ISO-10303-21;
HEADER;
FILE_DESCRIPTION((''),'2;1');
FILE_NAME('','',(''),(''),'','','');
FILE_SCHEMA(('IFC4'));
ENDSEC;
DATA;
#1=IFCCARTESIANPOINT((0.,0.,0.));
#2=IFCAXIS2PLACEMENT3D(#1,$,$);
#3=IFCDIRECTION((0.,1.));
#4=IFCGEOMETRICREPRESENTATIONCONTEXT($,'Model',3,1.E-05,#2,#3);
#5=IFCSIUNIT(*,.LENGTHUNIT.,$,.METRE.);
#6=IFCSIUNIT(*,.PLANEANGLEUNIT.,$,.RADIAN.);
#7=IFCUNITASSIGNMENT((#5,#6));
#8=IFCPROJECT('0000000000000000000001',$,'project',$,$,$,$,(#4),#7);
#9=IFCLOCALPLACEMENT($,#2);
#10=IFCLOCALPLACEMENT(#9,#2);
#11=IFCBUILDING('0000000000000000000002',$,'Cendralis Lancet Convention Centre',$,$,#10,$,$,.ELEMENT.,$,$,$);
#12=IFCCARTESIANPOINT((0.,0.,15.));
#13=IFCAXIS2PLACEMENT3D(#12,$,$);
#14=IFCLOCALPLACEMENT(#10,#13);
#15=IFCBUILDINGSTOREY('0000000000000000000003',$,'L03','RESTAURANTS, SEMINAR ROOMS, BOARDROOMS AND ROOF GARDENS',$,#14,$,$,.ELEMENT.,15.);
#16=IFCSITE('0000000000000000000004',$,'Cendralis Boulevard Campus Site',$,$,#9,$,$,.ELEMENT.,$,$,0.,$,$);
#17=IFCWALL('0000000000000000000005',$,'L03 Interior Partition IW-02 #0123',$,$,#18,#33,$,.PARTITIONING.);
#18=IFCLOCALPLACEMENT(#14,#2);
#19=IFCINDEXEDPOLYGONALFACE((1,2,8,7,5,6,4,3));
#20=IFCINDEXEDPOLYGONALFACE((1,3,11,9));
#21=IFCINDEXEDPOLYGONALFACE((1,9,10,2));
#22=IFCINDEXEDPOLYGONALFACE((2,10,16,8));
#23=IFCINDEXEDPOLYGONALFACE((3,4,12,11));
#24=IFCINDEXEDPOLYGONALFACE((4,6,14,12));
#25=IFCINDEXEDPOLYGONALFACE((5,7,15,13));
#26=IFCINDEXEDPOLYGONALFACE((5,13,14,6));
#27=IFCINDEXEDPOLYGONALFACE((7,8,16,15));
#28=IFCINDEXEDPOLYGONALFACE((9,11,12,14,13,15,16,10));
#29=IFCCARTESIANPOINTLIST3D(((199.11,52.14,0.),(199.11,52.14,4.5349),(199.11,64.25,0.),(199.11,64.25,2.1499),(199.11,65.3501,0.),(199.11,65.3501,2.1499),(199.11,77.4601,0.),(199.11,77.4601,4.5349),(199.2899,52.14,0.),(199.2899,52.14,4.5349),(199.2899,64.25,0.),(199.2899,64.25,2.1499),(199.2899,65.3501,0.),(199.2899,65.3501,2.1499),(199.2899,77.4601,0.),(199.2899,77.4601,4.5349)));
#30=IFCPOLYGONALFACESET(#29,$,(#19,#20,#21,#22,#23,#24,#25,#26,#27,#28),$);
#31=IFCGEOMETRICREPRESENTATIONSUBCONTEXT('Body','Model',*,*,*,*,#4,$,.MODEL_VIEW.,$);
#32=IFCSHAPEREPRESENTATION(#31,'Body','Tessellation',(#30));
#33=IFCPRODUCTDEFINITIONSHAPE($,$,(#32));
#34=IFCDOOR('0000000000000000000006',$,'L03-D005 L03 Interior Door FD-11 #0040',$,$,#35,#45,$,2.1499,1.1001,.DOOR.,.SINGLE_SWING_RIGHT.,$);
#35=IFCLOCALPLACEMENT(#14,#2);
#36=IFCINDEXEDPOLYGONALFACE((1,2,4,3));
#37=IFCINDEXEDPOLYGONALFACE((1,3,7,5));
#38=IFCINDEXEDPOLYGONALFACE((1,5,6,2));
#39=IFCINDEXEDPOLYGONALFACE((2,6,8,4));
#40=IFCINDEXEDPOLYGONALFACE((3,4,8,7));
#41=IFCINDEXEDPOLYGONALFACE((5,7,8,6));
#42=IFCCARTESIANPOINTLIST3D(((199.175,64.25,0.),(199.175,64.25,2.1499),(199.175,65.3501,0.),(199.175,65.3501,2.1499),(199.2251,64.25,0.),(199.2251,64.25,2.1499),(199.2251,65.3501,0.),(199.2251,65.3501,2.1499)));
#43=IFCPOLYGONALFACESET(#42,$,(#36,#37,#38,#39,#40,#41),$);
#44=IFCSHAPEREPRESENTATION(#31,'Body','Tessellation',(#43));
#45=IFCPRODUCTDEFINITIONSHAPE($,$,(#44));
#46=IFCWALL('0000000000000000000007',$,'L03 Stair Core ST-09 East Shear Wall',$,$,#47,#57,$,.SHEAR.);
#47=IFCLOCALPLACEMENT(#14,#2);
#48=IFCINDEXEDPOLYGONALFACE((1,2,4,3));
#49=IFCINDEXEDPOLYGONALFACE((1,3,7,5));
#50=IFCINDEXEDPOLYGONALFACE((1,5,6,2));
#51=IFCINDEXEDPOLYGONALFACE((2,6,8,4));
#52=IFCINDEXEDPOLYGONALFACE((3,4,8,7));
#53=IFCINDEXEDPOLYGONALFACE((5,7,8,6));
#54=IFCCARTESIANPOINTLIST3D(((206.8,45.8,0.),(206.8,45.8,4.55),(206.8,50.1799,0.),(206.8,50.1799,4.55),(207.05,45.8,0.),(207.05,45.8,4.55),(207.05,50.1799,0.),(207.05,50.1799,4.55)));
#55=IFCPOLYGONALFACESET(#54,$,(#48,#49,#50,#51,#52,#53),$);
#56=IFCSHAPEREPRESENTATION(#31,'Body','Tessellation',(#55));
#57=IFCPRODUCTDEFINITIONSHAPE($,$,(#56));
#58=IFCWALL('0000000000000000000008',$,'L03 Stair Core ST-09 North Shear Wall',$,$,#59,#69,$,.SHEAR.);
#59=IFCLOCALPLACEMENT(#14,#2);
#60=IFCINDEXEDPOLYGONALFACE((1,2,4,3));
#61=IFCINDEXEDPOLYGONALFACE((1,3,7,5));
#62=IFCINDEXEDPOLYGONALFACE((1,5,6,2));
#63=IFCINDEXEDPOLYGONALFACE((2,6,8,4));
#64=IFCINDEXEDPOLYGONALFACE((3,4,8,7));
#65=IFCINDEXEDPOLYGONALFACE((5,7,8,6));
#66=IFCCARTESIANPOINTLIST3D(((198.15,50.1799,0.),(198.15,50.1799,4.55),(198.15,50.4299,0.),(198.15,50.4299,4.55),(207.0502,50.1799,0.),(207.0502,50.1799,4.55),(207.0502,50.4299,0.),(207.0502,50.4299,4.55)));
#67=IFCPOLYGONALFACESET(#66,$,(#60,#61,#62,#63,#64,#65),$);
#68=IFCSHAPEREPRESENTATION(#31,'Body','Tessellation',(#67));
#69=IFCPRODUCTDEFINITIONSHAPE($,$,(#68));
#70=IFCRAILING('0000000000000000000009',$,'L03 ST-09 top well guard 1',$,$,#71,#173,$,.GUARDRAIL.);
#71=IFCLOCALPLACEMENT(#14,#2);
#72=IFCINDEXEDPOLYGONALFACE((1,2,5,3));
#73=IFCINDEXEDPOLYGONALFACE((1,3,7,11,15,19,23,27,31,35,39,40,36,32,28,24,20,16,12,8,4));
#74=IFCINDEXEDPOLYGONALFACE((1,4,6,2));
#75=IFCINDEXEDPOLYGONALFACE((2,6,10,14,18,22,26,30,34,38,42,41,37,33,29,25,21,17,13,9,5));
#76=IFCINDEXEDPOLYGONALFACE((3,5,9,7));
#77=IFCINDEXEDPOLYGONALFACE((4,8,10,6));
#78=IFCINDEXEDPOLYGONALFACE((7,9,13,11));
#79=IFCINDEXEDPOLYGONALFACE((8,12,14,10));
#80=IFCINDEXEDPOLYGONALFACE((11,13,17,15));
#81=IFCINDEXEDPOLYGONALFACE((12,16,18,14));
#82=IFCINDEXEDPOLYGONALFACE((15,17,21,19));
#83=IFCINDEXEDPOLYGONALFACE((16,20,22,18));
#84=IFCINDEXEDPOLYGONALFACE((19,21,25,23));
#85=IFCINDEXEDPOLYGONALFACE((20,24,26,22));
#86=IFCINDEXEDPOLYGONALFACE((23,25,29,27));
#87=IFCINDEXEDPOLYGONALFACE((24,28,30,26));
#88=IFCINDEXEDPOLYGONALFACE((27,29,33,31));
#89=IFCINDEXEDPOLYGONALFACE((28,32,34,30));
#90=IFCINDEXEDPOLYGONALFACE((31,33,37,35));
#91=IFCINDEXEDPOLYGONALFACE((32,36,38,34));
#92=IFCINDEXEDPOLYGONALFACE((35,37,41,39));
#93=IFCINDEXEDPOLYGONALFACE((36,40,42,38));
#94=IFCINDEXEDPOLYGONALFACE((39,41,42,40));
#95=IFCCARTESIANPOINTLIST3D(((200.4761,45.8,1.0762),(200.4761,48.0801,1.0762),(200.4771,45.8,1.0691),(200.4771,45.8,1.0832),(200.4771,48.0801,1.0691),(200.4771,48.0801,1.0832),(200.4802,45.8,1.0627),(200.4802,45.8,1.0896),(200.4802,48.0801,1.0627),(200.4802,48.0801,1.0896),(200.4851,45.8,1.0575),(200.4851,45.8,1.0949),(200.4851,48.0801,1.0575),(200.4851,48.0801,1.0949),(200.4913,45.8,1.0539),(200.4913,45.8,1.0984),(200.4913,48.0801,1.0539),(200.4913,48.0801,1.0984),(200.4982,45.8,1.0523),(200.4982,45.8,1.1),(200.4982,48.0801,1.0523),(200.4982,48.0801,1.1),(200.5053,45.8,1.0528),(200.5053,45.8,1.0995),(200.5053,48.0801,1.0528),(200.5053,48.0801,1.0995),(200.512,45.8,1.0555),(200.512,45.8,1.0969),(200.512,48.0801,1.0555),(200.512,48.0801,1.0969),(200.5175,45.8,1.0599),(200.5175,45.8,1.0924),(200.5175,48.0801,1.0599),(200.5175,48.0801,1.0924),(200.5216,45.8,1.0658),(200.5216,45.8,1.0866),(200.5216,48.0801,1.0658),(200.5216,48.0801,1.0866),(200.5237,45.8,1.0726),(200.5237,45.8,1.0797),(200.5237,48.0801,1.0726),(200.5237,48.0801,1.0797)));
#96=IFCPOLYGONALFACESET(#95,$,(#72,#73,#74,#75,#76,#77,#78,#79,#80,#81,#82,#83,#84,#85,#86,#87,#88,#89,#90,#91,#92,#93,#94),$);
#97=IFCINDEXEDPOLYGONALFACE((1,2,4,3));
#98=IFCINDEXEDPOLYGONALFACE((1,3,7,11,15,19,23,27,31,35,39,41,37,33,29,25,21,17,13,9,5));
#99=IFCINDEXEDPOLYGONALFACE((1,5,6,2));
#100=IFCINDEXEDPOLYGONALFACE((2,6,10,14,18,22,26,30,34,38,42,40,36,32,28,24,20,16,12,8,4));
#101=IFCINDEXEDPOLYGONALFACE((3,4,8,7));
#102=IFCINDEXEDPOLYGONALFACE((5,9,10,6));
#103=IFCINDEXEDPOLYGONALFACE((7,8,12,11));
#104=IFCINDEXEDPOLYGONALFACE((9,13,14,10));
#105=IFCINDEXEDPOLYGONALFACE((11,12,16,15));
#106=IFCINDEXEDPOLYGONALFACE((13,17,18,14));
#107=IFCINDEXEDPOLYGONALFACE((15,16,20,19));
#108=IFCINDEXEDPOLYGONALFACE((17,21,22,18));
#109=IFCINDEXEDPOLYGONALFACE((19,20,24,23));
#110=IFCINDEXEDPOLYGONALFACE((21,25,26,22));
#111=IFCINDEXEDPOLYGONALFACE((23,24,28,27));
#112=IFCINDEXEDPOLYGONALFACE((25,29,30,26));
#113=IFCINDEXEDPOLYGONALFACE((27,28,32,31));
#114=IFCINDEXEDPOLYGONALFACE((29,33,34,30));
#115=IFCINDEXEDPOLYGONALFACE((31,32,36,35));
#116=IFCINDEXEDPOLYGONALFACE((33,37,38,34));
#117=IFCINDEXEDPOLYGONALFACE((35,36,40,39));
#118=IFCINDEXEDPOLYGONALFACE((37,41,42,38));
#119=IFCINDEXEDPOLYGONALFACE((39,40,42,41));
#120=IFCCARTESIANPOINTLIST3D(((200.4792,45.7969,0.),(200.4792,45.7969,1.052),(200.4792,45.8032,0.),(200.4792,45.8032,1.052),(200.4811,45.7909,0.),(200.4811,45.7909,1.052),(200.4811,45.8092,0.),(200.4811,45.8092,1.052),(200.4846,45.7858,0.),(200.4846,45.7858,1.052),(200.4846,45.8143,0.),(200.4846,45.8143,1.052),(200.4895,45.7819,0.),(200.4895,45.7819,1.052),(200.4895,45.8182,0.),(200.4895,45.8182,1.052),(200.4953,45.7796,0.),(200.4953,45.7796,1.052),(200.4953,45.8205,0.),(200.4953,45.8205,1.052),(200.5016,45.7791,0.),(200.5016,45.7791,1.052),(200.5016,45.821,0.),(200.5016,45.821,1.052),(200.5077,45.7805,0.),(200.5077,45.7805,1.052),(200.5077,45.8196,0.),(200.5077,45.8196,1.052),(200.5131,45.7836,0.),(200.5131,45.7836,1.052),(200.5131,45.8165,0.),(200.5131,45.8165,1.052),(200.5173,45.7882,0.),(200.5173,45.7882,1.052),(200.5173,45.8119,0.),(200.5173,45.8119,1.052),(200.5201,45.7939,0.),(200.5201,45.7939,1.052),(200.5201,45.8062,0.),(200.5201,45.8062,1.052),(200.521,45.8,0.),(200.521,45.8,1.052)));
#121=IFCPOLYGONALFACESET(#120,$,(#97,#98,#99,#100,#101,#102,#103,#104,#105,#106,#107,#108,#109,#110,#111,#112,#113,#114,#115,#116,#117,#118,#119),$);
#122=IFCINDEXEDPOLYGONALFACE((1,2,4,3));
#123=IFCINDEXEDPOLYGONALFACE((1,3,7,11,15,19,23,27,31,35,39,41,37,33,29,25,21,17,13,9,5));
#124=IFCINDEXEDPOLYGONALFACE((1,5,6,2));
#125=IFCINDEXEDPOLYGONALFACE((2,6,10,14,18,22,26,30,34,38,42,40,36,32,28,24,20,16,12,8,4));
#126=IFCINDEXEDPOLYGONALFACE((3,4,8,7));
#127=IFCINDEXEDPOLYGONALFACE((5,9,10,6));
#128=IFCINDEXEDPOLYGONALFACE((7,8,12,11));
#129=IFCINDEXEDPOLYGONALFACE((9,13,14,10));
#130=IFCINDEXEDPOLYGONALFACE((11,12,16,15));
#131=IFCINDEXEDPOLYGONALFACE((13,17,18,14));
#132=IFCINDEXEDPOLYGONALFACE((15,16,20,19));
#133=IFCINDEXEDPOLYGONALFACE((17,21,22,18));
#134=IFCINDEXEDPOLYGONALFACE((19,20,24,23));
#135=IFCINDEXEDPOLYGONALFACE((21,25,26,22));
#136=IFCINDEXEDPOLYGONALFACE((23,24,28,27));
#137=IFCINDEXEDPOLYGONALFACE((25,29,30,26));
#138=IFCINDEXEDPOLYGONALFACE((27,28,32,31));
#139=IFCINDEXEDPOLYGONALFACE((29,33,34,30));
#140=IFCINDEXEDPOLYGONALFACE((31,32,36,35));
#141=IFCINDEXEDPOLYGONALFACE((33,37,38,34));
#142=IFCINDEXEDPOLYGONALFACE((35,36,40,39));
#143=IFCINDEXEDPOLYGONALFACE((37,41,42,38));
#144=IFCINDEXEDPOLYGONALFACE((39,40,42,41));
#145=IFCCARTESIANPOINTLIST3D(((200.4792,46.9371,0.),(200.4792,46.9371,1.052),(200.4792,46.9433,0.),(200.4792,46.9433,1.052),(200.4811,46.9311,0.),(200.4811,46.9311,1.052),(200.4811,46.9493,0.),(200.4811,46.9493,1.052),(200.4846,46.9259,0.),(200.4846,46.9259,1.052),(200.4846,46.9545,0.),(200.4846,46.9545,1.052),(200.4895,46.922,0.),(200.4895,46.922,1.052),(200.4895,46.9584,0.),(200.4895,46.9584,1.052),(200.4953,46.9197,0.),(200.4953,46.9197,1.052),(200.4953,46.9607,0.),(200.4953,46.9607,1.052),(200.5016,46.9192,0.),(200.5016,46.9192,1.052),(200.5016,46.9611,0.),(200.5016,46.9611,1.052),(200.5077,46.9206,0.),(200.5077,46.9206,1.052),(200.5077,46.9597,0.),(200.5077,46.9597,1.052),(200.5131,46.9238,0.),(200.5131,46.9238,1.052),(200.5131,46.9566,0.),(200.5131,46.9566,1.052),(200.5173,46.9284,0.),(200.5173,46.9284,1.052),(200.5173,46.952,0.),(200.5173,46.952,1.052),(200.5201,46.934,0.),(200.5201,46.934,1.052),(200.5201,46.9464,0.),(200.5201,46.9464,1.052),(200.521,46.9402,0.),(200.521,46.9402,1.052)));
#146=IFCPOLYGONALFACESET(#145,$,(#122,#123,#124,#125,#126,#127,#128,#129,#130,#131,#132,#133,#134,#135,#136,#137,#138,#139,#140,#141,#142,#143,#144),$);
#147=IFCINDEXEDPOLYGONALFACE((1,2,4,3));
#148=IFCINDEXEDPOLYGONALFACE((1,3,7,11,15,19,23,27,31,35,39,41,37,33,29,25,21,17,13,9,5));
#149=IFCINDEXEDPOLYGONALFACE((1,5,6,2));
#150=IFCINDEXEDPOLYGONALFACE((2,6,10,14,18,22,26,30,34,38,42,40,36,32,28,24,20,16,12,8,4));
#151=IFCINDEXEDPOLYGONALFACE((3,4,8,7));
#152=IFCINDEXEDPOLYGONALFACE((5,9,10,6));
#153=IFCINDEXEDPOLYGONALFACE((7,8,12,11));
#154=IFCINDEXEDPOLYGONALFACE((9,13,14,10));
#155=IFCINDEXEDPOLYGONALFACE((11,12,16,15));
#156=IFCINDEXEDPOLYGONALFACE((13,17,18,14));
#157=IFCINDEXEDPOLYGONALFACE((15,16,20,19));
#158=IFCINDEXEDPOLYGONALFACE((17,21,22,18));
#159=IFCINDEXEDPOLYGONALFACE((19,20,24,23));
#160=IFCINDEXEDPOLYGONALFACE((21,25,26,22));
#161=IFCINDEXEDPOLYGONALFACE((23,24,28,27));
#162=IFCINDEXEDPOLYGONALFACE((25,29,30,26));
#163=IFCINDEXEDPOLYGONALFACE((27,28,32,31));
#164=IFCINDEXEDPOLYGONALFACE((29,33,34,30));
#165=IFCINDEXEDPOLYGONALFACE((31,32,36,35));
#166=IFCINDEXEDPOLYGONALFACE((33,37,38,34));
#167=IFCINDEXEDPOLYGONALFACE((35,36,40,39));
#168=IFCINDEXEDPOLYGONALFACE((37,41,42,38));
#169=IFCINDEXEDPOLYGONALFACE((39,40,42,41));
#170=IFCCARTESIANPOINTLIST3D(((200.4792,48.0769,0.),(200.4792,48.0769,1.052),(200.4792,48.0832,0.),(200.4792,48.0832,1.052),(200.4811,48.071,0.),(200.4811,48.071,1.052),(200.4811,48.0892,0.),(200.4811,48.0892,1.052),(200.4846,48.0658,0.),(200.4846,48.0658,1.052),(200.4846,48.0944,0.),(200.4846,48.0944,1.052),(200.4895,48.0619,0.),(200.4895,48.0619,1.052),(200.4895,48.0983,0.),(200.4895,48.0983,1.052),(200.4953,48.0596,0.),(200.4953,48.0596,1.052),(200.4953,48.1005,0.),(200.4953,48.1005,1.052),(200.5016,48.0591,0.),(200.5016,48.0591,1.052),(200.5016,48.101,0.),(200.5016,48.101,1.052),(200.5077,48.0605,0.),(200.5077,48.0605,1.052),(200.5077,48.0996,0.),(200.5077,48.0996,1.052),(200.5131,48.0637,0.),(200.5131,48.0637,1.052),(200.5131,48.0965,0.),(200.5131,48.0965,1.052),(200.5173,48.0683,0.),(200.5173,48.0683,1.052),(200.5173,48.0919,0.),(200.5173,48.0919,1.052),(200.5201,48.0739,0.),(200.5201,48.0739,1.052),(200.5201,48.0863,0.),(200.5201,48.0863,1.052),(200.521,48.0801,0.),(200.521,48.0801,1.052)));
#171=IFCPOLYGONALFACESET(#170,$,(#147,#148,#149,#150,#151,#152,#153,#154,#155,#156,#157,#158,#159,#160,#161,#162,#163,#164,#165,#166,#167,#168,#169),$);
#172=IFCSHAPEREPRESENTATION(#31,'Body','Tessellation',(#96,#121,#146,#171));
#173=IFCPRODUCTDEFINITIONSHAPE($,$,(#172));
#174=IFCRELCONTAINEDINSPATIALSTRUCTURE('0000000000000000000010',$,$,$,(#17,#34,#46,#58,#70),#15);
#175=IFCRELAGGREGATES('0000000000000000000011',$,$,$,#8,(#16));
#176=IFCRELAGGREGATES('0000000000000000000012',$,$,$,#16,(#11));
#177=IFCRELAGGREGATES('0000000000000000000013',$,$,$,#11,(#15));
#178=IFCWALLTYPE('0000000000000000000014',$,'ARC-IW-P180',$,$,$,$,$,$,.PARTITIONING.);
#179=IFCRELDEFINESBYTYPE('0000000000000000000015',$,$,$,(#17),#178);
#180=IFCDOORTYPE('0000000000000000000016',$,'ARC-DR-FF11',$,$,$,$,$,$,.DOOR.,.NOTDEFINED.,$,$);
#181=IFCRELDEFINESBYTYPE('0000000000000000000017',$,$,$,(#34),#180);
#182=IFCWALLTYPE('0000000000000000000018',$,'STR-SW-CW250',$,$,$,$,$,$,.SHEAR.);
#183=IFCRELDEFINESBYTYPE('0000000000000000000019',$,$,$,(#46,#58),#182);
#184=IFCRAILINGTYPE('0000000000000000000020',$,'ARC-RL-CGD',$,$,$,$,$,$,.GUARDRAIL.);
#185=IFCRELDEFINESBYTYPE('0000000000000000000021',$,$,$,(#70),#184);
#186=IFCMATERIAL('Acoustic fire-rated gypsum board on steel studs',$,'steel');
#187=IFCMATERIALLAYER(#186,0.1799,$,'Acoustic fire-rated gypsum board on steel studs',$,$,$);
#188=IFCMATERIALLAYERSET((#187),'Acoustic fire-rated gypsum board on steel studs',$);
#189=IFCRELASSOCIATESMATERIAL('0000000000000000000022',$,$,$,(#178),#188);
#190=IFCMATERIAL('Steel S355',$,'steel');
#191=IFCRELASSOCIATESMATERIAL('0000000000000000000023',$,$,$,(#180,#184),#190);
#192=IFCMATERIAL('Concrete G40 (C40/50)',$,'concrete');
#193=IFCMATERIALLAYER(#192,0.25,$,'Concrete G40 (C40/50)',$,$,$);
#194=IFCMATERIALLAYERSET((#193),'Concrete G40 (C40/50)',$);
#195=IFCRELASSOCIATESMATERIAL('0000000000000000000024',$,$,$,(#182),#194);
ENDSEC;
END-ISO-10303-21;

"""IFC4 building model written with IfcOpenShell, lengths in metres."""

from ifc_helpers import new_model, si_unit, direction, frame, frame_2d, origin, origin_2d, place, context, subcontext, project, spatial, rectangle, circle, extrude, material, layer, layer_set, type_object, element, fill, save


model = new_model("IFC4")

# Units and contexts
model_context = context("Model", 3, precision=1e-05, world=origin(), true_north=direction((0.0, 1.0)))
body_context = subcontext(model_context, "Body", "Model", "MODEL_VIEW")
ifc_project = project(units=[si_unit("LENGTHUNIT", "METRE"), si_unit("PLANEANGLEUNIT", "RADIAN")], contexts=[model_context])

# Site, building, storey
site_placement = place(None, origin())
site = spatial("IfcSite", under=ifc_project, at=site_placement, Name="Cendralis Boulevard Campus Site", CompositionType="ELEMENT", RefElevation=0.0)
building_placement = place(site_placement, origin())
building = spatial("IfcBuilding", under=site, at=building_placement, Name="Cendralis Lancet Convention Centre", CompositionType="ELEMENT")
storey_placement = place(building_placement, frame((0.0, 0.0, 15.0)))
storey = spatial("IfcBuildingStorey", under=building, at=storey_placement, Name="L03", Description="RESTAURANTS, SEMINAR ROOMS, BOARDROOMS AND ROOF GARDENS", CompositionType="ELEMENT", Elevation=15.0)

# Shared definitions
ifc_material_1 = material(Name="Steel S355", Category="steel")

# Shared definitions
ifc_material_2 = material(Name="Concrete G40 (C40/50)", Category="concrete")

# Shared definitions
ifc_material_3 = material(Name="Acoustic fire-rated gypsum board on steel studs", Category="steel")
ifc_layer_1 = layer(ifc_material_3, 0.1799, Name="Acoustic fire-rated gypsum board on steel studs")
ifc_layer_set_1 = layer_set([ifc_layer_1], Name="Acoustic fire-rated gypsum board on steel studs")
wall_type_1 = type_object("IfcWallType", Name="ARC-IW-P180", PredefinedType="PARTITIONING", material=ifc_layer_set_1)

# Wall, opening, door
wall_1_placement = place(storey_placement, frame((199.2, 52.1399, 0.0), z_axis=(0.0, 0.0, 1.0), x_axis=(0.0, 1.0, 0.0)))
wall_1 = element("IfcWall", 1, at=wall_1_placement, inside=storey, type_object=wall_type_1, Name="L03 Interior Partition IW-02 #0123", PredefinedType="PARTITIONING", context=body_context, shape_type="SweptSolid", body=[
    extrude(rectangle(XDim=25.3201, YDim=0.1799, at=frame_2d((12.6602, 0.0))), origin(), (0.0, 0.0, 1.0), 4.5349),
])
opening_placement = place(wall_1_placement, frame((12.1101, 0.0, 0.0)))
opening = element("IfcOpeningElement", 2, at=opening_placement, cuts=wall_1, PredefinedType="OPENING", context=body_context, shape_type="SweptSolid", body=[
    extrude(rectangle(XDim=1.1001, YDim=2.1499, at=frame_2d((0.55, 1.075))), frame((0.0, 0.0999, 0.0), z_axis=(0.0, -1.0, 0.0), x_axis=(1.0, 0.0, 0.0)), (0.0, 0.0, 1.0), 0.2),
])
door_type = type_object("IfcDoorType", Name="ARC-DR-FF11", OperationType="NOTDEFINED", PredefinedType="DOOR", material=ifc_material_1)
door_placement = place(opening_placement, origin())
door = element("IfcDoor", 3, at=door_placement, inside=storey, type_object=door_type, Name="L03-D005 L03 Interior Door FD-11 #0040", OperationType="SINGLE_SWING_RIGHT", OverallHeight=2.1499, OverallWidth=1.1001, PredefinedType="DOOR", context=body_context, shape_type="SweptSolid", body=[
    extrude(rectangle(XDim=1.1001, YDim=2.1499, at=frame_2d((0.55, 1.075))), frame((0.0, 0.0249, 0.0), z_axis=(0.0, -1.0, 0.0), x_axis=(1.0, 0.0, 0.0)), (0.0, 0.0, 1.0), 0.05),
])
fill(opening, door)

# Walls
ifc_layer_2 = layer(ifc_material_2, 0.25, Name="Concrete G40 (C40/50)")
ifc_layer_set_2 = layer_set([ifc_layer_2], Name="Concrete G40 (C40/50)")
wall_type_2 = type_object("IfcWallType", Name="STR-SW-CW250", PredefinedType="SHEAR", material=ifc_layer_set_2)
wall_2_placement = place(storey_placement, frame((206.925, 45.8, 0.0), z_axis=(0.0, 0.0, 1.0), x_axis=(0.0, 1.0, 0.0)))
element("IfcWall", 4, at=wall_2_placement, inside=storey, type_object=wall_type_2, Name="L03 Stair Core ST-09 East Shear Wall", PredefinedType="SHEAR", context=body_context, shape_type="SweptSolid", body=[
    extrude(rectangle(XDim=4.3799, YDim=0.25, at=frame_2d((2.1899, 0.0))), origin(), (0.0, 0.0, 1.0), 4.55),
])
wall_3_placement = place(storey_placement, frame((198.1499, 50.3049, 0.0), z_axis=(0.0, 0.0, 1.0), x_axis=(1.0, 0.0, 0.0)))
element("IfcWall", 5, at=wall_3_placement, inside=storey, type_object=wall_type_2, Name="L03 Stair Core ST-09 North Shear Wall", PredefinedType="SHEAR", context=body_context, shape_type="SweptSolid", body=[
    extrude(rectangle(XDim=8.9001, YDim=0.25, at=frame_2d((4.4502, 0.0))), origin(), (0.0, 0.0, 1.0), 4.55),
])

# Railing
railing_type_1 = type_object("IfcRailingType", Name="ARC-RL-CGD", PredefinedType="GUARDRAIL", material=ifc_material_1)
railing_1_placement = place(storey_placement, frame((200.5, 45.8, 0.0)))
element("IfcRailing", 6, at=railing_1_placement, inside=storey, type_object=railing_type_1, Name="L03 ST-09 top well guard 1", PredefinedType="GUARDRAIL", context=body_context, shape_type="SweptSolid", body=[
    extrude(circle(Radius=0.0239, at=origin_2d()), frame((0.0, 0.0, 1.0762), z_axis=(0.0, 1.0, 0.0), x_axis=(-1.0, 0.0, 0.0)), (0.0, 0.0, 1.0), 2.28),
    extrude(circle(Radius=0.021, at=origin_2d()), origin(), (0.0, 0.0, 1.0), 1.052),
    extrude(circle(Radius=0.021, at=origin_2d()), frame((0.0, 1.1401, 0.0)), (0.0, 0.0, 1.0), 1.052),
    extrude(circle(Radius=0.021, at=origin_2d()), frame((0.0, 2.28, 0.0)), (0.0, 0.0, 1.0), 1.052),
])

save(model, "model.ifc")
